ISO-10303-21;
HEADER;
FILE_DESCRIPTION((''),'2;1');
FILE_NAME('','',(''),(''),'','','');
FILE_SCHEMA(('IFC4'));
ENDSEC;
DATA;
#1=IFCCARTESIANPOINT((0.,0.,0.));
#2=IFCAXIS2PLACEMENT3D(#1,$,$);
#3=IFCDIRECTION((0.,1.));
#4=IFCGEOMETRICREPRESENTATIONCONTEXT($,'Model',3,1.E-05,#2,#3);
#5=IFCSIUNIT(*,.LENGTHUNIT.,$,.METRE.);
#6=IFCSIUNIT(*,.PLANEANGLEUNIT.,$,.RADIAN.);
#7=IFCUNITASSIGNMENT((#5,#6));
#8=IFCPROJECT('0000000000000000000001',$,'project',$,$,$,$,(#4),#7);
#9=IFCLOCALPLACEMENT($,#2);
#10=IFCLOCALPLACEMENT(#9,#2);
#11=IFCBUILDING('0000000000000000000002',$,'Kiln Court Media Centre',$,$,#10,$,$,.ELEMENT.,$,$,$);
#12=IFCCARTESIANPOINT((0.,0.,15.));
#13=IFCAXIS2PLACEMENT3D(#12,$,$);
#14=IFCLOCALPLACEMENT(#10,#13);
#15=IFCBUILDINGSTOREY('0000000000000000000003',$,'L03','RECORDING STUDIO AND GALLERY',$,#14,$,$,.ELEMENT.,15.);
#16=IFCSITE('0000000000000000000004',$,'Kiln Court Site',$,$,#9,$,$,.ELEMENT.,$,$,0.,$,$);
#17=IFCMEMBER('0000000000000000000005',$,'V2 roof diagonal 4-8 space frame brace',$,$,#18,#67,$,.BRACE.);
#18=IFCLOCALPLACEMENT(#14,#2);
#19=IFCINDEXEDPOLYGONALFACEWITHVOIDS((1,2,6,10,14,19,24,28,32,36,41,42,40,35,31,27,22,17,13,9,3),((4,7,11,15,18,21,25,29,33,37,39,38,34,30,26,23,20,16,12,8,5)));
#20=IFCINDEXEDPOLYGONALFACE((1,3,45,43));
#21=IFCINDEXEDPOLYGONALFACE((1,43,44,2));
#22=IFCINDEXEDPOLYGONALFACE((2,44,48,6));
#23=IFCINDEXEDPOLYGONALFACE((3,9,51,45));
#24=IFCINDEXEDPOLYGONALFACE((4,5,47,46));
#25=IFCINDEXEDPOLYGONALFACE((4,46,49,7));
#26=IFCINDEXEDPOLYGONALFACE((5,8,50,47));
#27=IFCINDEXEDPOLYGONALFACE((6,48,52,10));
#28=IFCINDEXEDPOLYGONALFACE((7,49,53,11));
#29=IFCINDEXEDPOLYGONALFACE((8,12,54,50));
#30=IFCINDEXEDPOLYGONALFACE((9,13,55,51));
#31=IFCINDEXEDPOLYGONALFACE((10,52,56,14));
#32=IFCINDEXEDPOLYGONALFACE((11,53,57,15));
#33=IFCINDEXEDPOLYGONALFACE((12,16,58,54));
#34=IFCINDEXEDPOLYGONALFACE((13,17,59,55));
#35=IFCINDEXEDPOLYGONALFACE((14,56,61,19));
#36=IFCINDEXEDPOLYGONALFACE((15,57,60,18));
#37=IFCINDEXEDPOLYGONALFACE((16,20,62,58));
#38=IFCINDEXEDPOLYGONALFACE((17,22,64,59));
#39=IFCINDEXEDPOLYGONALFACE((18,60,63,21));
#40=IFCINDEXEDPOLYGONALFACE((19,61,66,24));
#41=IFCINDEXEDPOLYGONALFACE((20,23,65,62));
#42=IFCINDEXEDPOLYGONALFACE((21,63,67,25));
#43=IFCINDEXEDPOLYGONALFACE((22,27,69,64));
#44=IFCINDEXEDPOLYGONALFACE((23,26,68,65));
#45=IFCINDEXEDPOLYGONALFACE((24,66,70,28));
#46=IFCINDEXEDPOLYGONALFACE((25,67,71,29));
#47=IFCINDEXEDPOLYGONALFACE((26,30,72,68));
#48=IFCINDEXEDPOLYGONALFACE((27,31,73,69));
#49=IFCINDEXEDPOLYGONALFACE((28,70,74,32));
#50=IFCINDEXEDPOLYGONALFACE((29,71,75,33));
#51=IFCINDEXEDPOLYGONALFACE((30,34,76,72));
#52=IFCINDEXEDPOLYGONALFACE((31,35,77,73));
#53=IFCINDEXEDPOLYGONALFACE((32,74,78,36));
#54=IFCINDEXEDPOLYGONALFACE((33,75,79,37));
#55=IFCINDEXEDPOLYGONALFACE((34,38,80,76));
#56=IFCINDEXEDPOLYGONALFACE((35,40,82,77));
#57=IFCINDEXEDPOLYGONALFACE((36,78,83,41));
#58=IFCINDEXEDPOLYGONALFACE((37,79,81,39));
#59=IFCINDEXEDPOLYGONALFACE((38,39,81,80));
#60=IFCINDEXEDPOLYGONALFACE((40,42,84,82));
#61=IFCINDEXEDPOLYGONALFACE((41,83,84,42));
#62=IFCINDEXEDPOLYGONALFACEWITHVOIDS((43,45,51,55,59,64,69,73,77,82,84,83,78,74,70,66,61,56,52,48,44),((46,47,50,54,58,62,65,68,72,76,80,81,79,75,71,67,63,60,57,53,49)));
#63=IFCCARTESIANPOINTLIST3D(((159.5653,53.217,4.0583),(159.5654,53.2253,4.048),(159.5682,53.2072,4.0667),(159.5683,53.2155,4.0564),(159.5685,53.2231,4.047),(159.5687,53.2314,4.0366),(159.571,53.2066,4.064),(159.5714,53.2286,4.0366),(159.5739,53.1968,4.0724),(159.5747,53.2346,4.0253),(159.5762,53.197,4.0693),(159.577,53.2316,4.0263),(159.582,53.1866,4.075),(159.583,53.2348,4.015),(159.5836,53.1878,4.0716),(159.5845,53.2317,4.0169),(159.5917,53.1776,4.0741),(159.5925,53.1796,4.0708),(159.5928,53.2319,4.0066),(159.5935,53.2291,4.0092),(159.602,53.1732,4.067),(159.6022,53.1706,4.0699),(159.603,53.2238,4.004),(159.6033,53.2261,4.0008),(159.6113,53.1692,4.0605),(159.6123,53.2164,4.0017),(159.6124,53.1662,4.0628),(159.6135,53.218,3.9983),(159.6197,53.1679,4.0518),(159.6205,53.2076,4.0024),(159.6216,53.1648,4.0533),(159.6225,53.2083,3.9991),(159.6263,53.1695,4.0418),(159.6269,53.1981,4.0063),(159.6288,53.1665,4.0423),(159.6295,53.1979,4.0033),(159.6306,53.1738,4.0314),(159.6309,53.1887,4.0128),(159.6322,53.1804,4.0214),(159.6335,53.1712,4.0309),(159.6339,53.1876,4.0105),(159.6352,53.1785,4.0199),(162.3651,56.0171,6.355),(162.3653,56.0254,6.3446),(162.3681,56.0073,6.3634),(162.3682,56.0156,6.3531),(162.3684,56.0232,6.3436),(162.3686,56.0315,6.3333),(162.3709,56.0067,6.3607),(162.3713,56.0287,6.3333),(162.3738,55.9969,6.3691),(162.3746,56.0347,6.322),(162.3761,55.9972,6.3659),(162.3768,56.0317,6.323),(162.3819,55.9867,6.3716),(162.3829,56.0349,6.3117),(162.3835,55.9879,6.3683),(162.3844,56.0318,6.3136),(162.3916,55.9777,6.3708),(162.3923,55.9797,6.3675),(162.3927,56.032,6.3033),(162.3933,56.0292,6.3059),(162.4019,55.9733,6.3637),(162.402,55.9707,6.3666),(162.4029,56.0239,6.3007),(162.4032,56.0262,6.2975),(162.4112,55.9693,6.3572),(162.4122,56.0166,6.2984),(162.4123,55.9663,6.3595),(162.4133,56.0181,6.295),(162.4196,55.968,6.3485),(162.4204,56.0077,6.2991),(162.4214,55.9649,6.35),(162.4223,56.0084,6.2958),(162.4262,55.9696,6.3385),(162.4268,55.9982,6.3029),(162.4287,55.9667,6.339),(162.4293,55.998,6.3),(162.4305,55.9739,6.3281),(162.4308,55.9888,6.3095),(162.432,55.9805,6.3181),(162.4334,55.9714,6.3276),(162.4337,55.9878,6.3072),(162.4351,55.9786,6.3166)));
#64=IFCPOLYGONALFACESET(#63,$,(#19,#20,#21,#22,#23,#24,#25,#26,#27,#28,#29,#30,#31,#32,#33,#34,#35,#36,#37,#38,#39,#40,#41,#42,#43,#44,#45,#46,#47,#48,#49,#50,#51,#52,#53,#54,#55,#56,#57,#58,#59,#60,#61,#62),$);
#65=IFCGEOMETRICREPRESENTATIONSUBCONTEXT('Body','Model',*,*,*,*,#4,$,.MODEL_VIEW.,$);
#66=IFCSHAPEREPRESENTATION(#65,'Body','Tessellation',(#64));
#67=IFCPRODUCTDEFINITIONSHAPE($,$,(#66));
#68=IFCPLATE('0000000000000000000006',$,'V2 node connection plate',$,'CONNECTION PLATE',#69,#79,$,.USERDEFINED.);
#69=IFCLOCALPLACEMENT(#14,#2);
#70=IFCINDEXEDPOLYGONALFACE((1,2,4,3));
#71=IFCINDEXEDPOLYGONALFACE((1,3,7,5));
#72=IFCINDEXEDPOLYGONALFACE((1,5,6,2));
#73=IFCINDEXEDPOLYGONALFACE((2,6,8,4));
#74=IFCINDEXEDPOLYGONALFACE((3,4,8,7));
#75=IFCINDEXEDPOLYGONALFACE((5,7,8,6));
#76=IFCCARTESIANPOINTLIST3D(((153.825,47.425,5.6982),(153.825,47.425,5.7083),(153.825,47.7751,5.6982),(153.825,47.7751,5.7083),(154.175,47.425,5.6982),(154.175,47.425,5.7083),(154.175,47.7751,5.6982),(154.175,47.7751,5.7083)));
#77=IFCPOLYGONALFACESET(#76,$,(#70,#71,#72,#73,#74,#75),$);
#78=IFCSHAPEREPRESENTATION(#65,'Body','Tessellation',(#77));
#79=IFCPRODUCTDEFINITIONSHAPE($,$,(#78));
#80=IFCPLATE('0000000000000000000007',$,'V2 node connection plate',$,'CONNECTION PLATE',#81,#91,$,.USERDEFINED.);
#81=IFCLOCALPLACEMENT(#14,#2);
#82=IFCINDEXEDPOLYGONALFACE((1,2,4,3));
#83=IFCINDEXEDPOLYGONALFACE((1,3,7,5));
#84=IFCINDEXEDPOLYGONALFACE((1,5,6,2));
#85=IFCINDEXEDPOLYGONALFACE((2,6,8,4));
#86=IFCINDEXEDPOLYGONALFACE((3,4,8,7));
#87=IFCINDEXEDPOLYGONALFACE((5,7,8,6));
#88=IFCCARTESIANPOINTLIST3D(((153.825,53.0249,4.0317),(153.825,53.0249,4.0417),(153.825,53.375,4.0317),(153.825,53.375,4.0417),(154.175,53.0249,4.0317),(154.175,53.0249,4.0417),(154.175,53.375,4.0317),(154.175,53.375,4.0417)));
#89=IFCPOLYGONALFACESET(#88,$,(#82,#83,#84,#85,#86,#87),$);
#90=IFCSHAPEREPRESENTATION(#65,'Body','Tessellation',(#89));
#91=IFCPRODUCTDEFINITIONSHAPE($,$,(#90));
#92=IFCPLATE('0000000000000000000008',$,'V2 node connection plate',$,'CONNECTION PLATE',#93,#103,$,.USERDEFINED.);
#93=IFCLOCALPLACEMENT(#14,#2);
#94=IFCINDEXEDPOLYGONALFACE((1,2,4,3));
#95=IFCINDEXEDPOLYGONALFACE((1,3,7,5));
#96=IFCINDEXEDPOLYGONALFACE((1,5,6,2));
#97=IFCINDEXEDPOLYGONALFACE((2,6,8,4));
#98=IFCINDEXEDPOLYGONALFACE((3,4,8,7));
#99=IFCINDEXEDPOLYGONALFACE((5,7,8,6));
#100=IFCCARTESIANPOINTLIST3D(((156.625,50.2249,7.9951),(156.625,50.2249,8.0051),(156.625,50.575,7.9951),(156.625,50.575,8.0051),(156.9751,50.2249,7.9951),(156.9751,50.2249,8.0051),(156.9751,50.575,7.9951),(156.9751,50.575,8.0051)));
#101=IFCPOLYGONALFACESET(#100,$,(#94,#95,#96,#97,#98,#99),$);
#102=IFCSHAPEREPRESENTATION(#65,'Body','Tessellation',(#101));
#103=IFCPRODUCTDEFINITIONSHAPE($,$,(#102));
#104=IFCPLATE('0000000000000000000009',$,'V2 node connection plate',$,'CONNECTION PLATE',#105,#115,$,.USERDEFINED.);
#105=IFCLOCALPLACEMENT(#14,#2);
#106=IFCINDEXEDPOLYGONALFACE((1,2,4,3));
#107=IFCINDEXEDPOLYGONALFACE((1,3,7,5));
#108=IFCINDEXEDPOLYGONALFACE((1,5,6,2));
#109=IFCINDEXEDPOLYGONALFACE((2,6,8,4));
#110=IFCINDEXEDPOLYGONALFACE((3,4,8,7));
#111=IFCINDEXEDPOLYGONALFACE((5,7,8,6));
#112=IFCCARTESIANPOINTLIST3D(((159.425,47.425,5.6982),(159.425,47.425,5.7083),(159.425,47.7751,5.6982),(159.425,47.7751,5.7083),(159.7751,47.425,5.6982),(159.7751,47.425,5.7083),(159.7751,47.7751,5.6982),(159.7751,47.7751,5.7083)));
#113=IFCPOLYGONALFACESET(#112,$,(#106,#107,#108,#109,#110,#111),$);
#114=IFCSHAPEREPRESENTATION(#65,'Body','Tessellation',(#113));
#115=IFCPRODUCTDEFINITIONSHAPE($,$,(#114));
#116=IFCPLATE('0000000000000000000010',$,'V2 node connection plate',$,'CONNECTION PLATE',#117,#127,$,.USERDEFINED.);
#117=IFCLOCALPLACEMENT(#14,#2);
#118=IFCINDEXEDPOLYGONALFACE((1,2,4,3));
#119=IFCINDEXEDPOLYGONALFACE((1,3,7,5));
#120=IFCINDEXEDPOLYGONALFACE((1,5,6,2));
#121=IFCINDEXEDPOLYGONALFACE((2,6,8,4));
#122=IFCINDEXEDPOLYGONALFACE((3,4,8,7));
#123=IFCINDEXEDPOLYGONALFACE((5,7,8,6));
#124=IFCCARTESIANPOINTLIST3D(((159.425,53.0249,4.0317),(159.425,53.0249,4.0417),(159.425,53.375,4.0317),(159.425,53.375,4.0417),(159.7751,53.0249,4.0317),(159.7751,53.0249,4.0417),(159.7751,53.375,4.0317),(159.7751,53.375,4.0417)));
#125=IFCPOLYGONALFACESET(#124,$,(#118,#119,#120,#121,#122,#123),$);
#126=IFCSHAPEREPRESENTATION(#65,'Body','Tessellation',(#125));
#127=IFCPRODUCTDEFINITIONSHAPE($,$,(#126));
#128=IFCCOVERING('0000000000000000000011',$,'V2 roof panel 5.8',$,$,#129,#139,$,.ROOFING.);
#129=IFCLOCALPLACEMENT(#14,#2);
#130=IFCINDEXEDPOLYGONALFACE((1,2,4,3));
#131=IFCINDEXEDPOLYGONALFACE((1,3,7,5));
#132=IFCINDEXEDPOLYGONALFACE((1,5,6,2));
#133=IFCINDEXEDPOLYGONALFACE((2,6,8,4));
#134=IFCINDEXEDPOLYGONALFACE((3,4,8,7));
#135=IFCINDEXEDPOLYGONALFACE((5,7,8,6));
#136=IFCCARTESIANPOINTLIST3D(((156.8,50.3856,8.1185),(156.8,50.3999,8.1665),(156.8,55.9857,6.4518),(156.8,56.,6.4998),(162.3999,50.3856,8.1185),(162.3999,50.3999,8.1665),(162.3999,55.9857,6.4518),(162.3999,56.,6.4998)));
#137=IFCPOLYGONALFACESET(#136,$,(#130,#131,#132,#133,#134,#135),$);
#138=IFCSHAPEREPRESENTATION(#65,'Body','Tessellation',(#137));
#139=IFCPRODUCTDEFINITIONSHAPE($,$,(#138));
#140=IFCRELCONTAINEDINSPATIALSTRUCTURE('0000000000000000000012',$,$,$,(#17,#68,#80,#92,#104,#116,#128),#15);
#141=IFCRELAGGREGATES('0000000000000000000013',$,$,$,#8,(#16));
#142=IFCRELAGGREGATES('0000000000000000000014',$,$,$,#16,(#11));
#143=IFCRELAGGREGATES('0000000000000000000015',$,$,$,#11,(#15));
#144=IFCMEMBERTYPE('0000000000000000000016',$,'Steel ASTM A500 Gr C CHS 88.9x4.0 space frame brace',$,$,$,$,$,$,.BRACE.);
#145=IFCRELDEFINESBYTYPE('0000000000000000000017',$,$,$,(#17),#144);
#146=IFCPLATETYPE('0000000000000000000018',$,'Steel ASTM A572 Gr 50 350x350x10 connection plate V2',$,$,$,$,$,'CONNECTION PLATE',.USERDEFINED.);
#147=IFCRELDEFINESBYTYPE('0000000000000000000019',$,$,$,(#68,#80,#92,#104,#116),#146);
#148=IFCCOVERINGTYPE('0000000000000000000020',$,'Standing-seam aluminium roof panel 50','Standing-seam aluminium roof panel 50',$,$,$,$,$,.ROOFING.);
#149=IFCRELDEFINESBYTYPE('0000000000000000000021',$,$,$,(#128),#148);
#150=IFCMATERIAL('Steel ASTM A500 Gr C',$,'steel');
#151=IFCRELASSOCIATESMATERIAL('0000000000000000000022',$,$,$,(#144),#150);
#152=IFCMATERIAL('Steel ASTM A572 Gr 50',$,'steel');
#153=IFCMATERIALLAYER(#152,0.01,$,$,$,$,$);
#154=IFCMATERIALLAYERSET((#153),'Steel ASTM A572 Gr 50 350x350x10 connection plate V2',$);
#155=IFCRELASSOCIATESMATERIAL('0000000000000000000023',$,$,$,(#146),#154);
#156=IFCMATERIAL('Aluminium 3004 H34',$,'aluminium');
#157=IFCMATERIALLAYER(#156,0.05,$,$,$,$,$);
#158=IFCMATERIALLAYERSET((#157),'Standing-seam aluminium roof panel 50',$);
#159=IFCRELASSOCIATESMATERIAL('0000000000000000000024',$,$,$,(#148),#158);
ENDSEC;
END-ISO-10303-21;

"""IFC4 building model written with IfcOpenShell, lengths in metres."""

from ifc_helpers import new_model, si_unit, direction, frame, origin, origin_2d, place, context, subcontext, project, spatial, polyline, rectangle, hollow_circle, outline, extrude, material, layer, layer_set, material_profile, profile_set, type_object, element, save


model = new_model("IFC4")

# Units and contexts
model_context = context("Model", 3, precision=1e-05, world=origin(), true_north=direction((0.0, 1.0)))
body_context = subcontext(model_context, "Body", "Model", "MODEL_VIEW")
ifc_project = project(units=[si_unit("LENGTHUNIT", "METRE"), si_unit("PLANEANGLEUNIT", "RADIAN")], contexts=[model_context])

# Site, building, storey
site_placement = place(None, origin())
site = spatial("IfcSite", under=ifc_project, at=site_placement, Name="Kiln Court Site", CompositionType="ELEMENT", RefElevation=0.0)
building_placement = place(site_placement, origin())
building = spatial("IfcBuilding", under=site, at=building_placement, Name="Kiln Court Media Centre", CompositionType="ELEMENT")
storey_placement = place(building_placement, frame((0.0, 0.0, 15.0)))
storey = spatial("IfcBuildingStorey", under=building, at=storey_placement, Name="L03", Description="RECORDING STUDIO AND GALLERY", CompositionType="ELEMENT", Elevation=15.0)

# Member
ifc_material_1 = material(Name="Steel ASTM A500 Gr C", Category="steel")
ifc_material_profile_1 = material_profile(ifc_material_1, hollow_circle(Radius=0.0444, WallThickness=0.0039, at=origin_2d()), Name="CHS 88.9x4.0")
ifc_profile_set_1 = profile_set([ifc_material_profile_1], Name="Steel ASTM A500 Gr C")
member_type_1 = type_object("IfcMemberType", Name="Steel ASTM A500 Gr C CHS 88.9x4.0 space frame brace", PredefinedType="BRACE", material=ifc_profile_set_1)
member_1_placement = place(storey_placement, frame((159.6001, 53.2, 4.0366), z_axis=(0.611642, 0.611696, 0.501719), x_axis=(-0.707138, 0.707076, 0.0)))
element("IfcMember", 1, at=member_1_placement, inside=storey, type_object=member_type_1, Name="V2 roof diagonal 4-8 space frame brace", PredefinedType="BRACE", context=body_context, shape_type="SweptSolid", body=[
    extrude(hollow_circle(Radius=0.0444, WallThickness=0.0039, at=origin_2d()), origin(), (0.0, 0.0, 1.0), 4.5776),
])

# Plates
ifc_material_2 = material(Name="Steel ASTM A572 Gr 50", Category="steel")
ifc_layer_1 = layer(ifc_material_2, 0.01)
ifc_layer_set_1 = layer_set([ifc_layer_1], Name="Steel ASTM A572 Gr 50 350x350x10 connection plate V2")
plate_type = type_object("IfcPlateType", Name="Steel ASTM A572 Gr 50 350x350x10 connection plate V2", ElementType="CONNECTION PLATE", PredefinedType="USERDEFINED", material=ifc_layer_set_1)
for number, where, z_axis, x_axis, name in (
    (2, (154.0, 47.6001, 5.6982), (0.0, 0.0, 1.0), (1.0, 0.0, 0.0), "V2 node connection plate"),
    (3, (154.0, 53.2, 4.0317), (0.0, 0.0, 1.0), (1.0, 0.0, 0.0), "V2 node connection plate"),
    (4, (156.8, 50.3999, 7.9951), (0.0, 0.0, 1.0), (1.0, 0.0, 0.0), "V2 node connection plate"),
    (5, (159.6001, 47.6001, 5.6982), (0.0, 0.0, 1.0), (1.0, 0.0, 0.0), "V2 node connection plate"),
    (6, (159.6001, 53.2, 4.0317), (0.0, 0.0, 1.0), (1.0, 0.0, 0.0), "V2 node connection plate"),
):
    element("IfcPlate", number, at=place(storey_placement, frame(where, z_axis=z_axis, x_axis=x_axis)), inside=storey, type_object=plate_type, Name=name, ObjectType="CONNECTION PLATE", PredefinedType="USERDEFINED", context=body_context, shape_type="SweptSolid", body=[
        extrude(rectangle(XDim=0.3501, YDim=0.3501, at=origin_2d()), origin(), (0.0, 0.0, 1.0), 0.01),
    ])

# Covering
ifc_material_3 = material(Name="Aluminium 3004 H34", Category="aluminium")
ifc_layer_2 = layer(ifc_material_3, 0.05)
ifc_layer_set_2 = layer_set([ifc_layer_2], Name="Standing-seam aluminium roof panel 50")
covering_type = type_object("IfcCoveringType", Name="Standing-seam aluminium roof panel 50", Description="Standing-seam aluminium roof panel 50", PredefinedType="ROOFING", material=ifc_layer_set_2)
covering_placement = place(storey_placement, frame((156.8, 50.3999, 8.1665), z_axis=(0.0, 0.285262, 0.95845), x_axis=(0.0, 0.95845, -0.285262)))
element("IfcCovering", 7, at=covering_placement, inside=storey, type_object=covering_type, Name="V2 roof panel 5.8", PredefinedType="ROOFING", context=body_context, shape_type="SweptSolid", body=[
    extrude(outline(polyline([(0.0, 0.0), (5.8429, 0.0), (5.8429, -5.5999), (0.0, -5.5999), (0.0, 0.0)])), origin(), (0.0, 0.0, -1.0), 0.05),
])

save(model, "model.ifc")
